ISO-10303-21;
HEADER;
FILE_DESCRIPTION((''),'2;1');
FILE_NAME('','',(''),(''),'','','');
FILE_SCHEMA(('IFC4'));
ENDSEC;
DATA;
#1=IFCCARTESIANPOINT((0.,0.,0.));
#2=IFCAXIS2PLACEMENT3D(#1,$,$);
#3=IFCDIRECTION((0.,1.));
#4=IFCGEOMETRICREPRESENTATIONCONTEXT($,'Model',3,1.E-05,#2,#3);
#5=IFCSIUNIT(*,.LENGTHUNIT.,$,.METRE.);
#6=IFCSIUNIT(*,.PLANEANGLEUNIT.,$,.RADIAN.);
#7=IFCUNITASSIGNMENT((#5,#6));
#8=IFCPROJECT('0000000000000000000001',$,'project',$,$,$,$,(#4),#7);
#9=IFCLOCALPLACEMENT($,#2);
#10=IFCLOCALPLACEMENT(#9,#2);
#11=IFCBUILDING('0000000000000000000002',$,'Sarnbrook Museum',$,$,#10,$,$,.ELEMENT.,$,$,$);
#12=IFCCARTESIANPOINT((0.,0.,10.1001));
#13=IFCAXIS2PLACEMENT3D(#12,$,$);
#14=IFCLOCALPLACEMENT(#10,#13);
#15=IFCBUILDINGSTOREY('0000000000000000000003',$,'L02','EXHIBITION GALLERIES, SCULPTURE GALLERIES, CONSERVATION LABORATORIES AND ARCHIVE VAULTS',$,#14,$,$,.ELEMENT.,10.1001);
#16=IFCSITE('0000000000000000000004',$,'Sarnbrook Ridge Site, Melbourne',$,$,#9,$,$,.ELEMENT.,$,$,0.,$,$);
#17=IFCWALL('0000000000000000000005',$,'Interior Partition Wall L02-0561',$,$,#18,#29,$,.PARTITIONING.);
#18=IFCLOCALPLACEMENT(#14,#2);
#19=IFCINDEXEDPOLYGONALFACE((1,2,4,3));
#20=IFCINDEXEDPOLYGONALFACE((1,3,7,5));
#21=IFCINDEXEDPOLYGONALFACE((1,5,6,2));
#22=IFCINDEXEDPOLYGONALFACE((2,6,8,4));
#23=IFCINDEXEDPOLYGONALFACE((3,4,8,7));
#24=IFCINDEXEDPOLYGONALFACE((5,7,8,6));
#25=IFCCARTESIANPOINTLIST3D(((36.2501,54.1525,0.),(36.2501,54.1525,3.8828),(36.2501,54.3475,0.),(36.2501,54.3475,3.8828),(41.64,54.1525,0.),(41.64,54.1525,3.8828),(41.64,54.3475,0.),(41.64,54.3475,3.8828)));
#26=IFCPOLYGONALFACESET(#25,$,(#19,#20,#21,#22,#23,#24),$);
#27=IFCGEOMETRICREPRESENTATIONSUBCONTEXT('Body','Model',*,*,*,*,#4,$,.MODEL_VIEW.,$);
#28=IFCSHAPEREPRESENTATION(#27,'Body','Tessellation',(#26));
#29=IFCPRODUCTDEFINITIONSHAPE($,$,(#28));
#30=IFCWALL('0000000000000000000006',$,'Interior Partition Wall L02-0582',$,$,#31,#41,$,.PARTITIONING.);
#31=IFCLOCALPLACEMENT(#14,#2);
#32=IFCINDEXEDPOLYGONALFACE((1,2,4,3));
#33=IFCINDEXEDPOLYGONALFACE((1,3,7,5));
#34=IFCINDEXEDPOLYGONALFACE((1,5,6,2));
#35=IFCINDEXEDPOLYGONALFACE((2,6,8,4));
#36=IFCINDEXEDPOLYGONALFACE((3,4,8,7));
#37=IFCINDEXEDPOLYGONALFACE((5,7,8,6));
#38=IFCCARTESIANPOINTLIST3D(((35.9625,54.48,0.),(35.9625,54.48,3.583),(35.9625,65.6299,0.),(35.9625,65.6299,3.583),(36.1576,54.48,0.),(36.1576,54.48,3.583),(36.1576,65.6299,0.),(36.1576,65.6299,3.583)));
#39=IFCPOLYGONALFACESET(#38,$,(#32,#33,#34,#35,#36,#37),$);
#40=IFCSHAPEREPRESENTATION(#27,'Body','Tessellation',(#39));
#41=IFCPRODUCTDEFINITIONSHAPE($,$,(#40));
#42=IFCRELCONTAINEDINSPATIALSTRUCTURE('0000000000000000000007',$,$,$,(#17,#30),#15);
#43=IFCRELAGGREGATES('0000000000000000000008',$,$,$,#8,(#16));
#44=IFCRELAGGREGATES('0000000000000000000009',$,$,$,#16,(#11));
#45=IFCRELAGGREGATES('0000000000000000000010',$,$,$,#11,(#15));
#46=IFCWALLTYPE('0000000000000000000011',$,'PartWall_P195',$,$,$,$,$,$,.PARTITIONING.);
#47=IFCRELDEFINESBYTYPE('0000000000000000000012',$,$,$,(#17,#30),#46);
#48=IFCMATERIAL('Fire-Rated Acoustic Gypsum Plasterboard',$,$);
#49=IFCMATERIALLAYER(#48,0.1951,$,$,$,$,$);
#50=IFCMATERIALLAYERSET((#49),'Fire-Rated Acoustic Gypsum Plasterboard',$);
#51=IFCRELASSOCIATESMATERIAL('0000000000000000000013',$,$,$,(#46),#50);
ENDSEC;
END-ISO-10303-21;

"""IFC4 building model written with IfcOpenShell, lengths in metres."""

from ifc_helpers import new_model, si_unit, direction, frame, frame_2d, origin, place, context, subcontext, project, spatial, rectangle, extrude, material, layer, layer_set, type_object, element, save


model = new_model("IFC4")

# Units and contexts
model_context = context("Model", 3, precision=1e-05, world=origin(), true_north=direction((0.0, 1.0)))
body_context = subcontext(model_context, "Body", "Model", "MODEL_VIEW")
ifc_project = project(units=[si_unit("LENGTHUNIT", "METRE"), si_unit("PLANEANGLEUNIT", "RADIAN")], contexts=[model_context])

# Site, building, storey
site_placement = place(None, origin())
site = spatial("IfcSite", under=ifc_project, at=site_placement, Name="Sarnbrook Ridge Site, Melbourne", CompositionType="ELEMENT", RefElevation=0.0)
building_placement = place(site_placement, origin())
building = spatial("IfcBuilding", under=site, at=building_placement, Name="Sarnbrook Museum", CompositionType="ELEMENT")
storey_placement = place(building_placement, frame((0.0, 0.0, 10.1001)))
storey = spatial("IfcBuildingStorey", under=building, at=storey_placement, Name="L02", Description="EXHIBITION GALLERIES, SCULPTURE GALLERIES, CONSERVATION LABORATORIES AND ARCHIVE VAULTS", CompositionType="ELEMENT", Elevation=10.1001)

# Walls
ifc_material_1 = material(Name="Fire-Rated Acoustic Gypsum Plasterboard")
ifc_layer_1 = layer(ifc_material_1, 0.1951)
ifc_layer_set_1 = layer_set([ifc_layer_1], Name="Fire-Rated Acoustic Gypsum Plasterboard")
wall_type_1 = type_object("IfcWallType", Name="PartWall_P195", PredefinedType="PARTITIONING", material=ifc_layer_set_1)
wall_1_placement = place(storey_placement, frame((41.6399, 54.25, 0.0), z_axis=(0.0, 0.0, 1.0), x_axis=(-1.0, 0.0, 0.0)))
element("IfcWall", 1, at=wall_1_placement, inside=storey, type_object=wall_type_1, Name="Interior Partition Wall L02-0561", PredefinedType="PARTITIONING", context=body_context, shape_type="SweptSolid", body=[
    extrude(rectangle(XDim=5.3899, YDim=0.1951, at=frame_2d((2.6948, 0.0))), origin(), (0.0, 0.0, 1.0), 3.8828),
])
wall_2_placement = place(storey_placement, frame((36.0601, 65.6299, 0.0), z_axis=(0.0, 0.0, 1.0), x_axis=(0.0, -1.0, 0.0)))
element("IfcWall", 2, at=wall_2_placement, inside=storey, type_object=wall_type_1, Name="Interior Partition Wall L02-0582", PredefinedType="PARTITIONING", context=body_context, shape_type="SweptSolid", body=[
    extrude(rectangle(XDim=11.1499, YDim=0.1951, at=frame_2d((5.575, 0.0))), origin(), (0.0, 0.0, 1.0), 3.583),
])

save(model, "model.ifc")
